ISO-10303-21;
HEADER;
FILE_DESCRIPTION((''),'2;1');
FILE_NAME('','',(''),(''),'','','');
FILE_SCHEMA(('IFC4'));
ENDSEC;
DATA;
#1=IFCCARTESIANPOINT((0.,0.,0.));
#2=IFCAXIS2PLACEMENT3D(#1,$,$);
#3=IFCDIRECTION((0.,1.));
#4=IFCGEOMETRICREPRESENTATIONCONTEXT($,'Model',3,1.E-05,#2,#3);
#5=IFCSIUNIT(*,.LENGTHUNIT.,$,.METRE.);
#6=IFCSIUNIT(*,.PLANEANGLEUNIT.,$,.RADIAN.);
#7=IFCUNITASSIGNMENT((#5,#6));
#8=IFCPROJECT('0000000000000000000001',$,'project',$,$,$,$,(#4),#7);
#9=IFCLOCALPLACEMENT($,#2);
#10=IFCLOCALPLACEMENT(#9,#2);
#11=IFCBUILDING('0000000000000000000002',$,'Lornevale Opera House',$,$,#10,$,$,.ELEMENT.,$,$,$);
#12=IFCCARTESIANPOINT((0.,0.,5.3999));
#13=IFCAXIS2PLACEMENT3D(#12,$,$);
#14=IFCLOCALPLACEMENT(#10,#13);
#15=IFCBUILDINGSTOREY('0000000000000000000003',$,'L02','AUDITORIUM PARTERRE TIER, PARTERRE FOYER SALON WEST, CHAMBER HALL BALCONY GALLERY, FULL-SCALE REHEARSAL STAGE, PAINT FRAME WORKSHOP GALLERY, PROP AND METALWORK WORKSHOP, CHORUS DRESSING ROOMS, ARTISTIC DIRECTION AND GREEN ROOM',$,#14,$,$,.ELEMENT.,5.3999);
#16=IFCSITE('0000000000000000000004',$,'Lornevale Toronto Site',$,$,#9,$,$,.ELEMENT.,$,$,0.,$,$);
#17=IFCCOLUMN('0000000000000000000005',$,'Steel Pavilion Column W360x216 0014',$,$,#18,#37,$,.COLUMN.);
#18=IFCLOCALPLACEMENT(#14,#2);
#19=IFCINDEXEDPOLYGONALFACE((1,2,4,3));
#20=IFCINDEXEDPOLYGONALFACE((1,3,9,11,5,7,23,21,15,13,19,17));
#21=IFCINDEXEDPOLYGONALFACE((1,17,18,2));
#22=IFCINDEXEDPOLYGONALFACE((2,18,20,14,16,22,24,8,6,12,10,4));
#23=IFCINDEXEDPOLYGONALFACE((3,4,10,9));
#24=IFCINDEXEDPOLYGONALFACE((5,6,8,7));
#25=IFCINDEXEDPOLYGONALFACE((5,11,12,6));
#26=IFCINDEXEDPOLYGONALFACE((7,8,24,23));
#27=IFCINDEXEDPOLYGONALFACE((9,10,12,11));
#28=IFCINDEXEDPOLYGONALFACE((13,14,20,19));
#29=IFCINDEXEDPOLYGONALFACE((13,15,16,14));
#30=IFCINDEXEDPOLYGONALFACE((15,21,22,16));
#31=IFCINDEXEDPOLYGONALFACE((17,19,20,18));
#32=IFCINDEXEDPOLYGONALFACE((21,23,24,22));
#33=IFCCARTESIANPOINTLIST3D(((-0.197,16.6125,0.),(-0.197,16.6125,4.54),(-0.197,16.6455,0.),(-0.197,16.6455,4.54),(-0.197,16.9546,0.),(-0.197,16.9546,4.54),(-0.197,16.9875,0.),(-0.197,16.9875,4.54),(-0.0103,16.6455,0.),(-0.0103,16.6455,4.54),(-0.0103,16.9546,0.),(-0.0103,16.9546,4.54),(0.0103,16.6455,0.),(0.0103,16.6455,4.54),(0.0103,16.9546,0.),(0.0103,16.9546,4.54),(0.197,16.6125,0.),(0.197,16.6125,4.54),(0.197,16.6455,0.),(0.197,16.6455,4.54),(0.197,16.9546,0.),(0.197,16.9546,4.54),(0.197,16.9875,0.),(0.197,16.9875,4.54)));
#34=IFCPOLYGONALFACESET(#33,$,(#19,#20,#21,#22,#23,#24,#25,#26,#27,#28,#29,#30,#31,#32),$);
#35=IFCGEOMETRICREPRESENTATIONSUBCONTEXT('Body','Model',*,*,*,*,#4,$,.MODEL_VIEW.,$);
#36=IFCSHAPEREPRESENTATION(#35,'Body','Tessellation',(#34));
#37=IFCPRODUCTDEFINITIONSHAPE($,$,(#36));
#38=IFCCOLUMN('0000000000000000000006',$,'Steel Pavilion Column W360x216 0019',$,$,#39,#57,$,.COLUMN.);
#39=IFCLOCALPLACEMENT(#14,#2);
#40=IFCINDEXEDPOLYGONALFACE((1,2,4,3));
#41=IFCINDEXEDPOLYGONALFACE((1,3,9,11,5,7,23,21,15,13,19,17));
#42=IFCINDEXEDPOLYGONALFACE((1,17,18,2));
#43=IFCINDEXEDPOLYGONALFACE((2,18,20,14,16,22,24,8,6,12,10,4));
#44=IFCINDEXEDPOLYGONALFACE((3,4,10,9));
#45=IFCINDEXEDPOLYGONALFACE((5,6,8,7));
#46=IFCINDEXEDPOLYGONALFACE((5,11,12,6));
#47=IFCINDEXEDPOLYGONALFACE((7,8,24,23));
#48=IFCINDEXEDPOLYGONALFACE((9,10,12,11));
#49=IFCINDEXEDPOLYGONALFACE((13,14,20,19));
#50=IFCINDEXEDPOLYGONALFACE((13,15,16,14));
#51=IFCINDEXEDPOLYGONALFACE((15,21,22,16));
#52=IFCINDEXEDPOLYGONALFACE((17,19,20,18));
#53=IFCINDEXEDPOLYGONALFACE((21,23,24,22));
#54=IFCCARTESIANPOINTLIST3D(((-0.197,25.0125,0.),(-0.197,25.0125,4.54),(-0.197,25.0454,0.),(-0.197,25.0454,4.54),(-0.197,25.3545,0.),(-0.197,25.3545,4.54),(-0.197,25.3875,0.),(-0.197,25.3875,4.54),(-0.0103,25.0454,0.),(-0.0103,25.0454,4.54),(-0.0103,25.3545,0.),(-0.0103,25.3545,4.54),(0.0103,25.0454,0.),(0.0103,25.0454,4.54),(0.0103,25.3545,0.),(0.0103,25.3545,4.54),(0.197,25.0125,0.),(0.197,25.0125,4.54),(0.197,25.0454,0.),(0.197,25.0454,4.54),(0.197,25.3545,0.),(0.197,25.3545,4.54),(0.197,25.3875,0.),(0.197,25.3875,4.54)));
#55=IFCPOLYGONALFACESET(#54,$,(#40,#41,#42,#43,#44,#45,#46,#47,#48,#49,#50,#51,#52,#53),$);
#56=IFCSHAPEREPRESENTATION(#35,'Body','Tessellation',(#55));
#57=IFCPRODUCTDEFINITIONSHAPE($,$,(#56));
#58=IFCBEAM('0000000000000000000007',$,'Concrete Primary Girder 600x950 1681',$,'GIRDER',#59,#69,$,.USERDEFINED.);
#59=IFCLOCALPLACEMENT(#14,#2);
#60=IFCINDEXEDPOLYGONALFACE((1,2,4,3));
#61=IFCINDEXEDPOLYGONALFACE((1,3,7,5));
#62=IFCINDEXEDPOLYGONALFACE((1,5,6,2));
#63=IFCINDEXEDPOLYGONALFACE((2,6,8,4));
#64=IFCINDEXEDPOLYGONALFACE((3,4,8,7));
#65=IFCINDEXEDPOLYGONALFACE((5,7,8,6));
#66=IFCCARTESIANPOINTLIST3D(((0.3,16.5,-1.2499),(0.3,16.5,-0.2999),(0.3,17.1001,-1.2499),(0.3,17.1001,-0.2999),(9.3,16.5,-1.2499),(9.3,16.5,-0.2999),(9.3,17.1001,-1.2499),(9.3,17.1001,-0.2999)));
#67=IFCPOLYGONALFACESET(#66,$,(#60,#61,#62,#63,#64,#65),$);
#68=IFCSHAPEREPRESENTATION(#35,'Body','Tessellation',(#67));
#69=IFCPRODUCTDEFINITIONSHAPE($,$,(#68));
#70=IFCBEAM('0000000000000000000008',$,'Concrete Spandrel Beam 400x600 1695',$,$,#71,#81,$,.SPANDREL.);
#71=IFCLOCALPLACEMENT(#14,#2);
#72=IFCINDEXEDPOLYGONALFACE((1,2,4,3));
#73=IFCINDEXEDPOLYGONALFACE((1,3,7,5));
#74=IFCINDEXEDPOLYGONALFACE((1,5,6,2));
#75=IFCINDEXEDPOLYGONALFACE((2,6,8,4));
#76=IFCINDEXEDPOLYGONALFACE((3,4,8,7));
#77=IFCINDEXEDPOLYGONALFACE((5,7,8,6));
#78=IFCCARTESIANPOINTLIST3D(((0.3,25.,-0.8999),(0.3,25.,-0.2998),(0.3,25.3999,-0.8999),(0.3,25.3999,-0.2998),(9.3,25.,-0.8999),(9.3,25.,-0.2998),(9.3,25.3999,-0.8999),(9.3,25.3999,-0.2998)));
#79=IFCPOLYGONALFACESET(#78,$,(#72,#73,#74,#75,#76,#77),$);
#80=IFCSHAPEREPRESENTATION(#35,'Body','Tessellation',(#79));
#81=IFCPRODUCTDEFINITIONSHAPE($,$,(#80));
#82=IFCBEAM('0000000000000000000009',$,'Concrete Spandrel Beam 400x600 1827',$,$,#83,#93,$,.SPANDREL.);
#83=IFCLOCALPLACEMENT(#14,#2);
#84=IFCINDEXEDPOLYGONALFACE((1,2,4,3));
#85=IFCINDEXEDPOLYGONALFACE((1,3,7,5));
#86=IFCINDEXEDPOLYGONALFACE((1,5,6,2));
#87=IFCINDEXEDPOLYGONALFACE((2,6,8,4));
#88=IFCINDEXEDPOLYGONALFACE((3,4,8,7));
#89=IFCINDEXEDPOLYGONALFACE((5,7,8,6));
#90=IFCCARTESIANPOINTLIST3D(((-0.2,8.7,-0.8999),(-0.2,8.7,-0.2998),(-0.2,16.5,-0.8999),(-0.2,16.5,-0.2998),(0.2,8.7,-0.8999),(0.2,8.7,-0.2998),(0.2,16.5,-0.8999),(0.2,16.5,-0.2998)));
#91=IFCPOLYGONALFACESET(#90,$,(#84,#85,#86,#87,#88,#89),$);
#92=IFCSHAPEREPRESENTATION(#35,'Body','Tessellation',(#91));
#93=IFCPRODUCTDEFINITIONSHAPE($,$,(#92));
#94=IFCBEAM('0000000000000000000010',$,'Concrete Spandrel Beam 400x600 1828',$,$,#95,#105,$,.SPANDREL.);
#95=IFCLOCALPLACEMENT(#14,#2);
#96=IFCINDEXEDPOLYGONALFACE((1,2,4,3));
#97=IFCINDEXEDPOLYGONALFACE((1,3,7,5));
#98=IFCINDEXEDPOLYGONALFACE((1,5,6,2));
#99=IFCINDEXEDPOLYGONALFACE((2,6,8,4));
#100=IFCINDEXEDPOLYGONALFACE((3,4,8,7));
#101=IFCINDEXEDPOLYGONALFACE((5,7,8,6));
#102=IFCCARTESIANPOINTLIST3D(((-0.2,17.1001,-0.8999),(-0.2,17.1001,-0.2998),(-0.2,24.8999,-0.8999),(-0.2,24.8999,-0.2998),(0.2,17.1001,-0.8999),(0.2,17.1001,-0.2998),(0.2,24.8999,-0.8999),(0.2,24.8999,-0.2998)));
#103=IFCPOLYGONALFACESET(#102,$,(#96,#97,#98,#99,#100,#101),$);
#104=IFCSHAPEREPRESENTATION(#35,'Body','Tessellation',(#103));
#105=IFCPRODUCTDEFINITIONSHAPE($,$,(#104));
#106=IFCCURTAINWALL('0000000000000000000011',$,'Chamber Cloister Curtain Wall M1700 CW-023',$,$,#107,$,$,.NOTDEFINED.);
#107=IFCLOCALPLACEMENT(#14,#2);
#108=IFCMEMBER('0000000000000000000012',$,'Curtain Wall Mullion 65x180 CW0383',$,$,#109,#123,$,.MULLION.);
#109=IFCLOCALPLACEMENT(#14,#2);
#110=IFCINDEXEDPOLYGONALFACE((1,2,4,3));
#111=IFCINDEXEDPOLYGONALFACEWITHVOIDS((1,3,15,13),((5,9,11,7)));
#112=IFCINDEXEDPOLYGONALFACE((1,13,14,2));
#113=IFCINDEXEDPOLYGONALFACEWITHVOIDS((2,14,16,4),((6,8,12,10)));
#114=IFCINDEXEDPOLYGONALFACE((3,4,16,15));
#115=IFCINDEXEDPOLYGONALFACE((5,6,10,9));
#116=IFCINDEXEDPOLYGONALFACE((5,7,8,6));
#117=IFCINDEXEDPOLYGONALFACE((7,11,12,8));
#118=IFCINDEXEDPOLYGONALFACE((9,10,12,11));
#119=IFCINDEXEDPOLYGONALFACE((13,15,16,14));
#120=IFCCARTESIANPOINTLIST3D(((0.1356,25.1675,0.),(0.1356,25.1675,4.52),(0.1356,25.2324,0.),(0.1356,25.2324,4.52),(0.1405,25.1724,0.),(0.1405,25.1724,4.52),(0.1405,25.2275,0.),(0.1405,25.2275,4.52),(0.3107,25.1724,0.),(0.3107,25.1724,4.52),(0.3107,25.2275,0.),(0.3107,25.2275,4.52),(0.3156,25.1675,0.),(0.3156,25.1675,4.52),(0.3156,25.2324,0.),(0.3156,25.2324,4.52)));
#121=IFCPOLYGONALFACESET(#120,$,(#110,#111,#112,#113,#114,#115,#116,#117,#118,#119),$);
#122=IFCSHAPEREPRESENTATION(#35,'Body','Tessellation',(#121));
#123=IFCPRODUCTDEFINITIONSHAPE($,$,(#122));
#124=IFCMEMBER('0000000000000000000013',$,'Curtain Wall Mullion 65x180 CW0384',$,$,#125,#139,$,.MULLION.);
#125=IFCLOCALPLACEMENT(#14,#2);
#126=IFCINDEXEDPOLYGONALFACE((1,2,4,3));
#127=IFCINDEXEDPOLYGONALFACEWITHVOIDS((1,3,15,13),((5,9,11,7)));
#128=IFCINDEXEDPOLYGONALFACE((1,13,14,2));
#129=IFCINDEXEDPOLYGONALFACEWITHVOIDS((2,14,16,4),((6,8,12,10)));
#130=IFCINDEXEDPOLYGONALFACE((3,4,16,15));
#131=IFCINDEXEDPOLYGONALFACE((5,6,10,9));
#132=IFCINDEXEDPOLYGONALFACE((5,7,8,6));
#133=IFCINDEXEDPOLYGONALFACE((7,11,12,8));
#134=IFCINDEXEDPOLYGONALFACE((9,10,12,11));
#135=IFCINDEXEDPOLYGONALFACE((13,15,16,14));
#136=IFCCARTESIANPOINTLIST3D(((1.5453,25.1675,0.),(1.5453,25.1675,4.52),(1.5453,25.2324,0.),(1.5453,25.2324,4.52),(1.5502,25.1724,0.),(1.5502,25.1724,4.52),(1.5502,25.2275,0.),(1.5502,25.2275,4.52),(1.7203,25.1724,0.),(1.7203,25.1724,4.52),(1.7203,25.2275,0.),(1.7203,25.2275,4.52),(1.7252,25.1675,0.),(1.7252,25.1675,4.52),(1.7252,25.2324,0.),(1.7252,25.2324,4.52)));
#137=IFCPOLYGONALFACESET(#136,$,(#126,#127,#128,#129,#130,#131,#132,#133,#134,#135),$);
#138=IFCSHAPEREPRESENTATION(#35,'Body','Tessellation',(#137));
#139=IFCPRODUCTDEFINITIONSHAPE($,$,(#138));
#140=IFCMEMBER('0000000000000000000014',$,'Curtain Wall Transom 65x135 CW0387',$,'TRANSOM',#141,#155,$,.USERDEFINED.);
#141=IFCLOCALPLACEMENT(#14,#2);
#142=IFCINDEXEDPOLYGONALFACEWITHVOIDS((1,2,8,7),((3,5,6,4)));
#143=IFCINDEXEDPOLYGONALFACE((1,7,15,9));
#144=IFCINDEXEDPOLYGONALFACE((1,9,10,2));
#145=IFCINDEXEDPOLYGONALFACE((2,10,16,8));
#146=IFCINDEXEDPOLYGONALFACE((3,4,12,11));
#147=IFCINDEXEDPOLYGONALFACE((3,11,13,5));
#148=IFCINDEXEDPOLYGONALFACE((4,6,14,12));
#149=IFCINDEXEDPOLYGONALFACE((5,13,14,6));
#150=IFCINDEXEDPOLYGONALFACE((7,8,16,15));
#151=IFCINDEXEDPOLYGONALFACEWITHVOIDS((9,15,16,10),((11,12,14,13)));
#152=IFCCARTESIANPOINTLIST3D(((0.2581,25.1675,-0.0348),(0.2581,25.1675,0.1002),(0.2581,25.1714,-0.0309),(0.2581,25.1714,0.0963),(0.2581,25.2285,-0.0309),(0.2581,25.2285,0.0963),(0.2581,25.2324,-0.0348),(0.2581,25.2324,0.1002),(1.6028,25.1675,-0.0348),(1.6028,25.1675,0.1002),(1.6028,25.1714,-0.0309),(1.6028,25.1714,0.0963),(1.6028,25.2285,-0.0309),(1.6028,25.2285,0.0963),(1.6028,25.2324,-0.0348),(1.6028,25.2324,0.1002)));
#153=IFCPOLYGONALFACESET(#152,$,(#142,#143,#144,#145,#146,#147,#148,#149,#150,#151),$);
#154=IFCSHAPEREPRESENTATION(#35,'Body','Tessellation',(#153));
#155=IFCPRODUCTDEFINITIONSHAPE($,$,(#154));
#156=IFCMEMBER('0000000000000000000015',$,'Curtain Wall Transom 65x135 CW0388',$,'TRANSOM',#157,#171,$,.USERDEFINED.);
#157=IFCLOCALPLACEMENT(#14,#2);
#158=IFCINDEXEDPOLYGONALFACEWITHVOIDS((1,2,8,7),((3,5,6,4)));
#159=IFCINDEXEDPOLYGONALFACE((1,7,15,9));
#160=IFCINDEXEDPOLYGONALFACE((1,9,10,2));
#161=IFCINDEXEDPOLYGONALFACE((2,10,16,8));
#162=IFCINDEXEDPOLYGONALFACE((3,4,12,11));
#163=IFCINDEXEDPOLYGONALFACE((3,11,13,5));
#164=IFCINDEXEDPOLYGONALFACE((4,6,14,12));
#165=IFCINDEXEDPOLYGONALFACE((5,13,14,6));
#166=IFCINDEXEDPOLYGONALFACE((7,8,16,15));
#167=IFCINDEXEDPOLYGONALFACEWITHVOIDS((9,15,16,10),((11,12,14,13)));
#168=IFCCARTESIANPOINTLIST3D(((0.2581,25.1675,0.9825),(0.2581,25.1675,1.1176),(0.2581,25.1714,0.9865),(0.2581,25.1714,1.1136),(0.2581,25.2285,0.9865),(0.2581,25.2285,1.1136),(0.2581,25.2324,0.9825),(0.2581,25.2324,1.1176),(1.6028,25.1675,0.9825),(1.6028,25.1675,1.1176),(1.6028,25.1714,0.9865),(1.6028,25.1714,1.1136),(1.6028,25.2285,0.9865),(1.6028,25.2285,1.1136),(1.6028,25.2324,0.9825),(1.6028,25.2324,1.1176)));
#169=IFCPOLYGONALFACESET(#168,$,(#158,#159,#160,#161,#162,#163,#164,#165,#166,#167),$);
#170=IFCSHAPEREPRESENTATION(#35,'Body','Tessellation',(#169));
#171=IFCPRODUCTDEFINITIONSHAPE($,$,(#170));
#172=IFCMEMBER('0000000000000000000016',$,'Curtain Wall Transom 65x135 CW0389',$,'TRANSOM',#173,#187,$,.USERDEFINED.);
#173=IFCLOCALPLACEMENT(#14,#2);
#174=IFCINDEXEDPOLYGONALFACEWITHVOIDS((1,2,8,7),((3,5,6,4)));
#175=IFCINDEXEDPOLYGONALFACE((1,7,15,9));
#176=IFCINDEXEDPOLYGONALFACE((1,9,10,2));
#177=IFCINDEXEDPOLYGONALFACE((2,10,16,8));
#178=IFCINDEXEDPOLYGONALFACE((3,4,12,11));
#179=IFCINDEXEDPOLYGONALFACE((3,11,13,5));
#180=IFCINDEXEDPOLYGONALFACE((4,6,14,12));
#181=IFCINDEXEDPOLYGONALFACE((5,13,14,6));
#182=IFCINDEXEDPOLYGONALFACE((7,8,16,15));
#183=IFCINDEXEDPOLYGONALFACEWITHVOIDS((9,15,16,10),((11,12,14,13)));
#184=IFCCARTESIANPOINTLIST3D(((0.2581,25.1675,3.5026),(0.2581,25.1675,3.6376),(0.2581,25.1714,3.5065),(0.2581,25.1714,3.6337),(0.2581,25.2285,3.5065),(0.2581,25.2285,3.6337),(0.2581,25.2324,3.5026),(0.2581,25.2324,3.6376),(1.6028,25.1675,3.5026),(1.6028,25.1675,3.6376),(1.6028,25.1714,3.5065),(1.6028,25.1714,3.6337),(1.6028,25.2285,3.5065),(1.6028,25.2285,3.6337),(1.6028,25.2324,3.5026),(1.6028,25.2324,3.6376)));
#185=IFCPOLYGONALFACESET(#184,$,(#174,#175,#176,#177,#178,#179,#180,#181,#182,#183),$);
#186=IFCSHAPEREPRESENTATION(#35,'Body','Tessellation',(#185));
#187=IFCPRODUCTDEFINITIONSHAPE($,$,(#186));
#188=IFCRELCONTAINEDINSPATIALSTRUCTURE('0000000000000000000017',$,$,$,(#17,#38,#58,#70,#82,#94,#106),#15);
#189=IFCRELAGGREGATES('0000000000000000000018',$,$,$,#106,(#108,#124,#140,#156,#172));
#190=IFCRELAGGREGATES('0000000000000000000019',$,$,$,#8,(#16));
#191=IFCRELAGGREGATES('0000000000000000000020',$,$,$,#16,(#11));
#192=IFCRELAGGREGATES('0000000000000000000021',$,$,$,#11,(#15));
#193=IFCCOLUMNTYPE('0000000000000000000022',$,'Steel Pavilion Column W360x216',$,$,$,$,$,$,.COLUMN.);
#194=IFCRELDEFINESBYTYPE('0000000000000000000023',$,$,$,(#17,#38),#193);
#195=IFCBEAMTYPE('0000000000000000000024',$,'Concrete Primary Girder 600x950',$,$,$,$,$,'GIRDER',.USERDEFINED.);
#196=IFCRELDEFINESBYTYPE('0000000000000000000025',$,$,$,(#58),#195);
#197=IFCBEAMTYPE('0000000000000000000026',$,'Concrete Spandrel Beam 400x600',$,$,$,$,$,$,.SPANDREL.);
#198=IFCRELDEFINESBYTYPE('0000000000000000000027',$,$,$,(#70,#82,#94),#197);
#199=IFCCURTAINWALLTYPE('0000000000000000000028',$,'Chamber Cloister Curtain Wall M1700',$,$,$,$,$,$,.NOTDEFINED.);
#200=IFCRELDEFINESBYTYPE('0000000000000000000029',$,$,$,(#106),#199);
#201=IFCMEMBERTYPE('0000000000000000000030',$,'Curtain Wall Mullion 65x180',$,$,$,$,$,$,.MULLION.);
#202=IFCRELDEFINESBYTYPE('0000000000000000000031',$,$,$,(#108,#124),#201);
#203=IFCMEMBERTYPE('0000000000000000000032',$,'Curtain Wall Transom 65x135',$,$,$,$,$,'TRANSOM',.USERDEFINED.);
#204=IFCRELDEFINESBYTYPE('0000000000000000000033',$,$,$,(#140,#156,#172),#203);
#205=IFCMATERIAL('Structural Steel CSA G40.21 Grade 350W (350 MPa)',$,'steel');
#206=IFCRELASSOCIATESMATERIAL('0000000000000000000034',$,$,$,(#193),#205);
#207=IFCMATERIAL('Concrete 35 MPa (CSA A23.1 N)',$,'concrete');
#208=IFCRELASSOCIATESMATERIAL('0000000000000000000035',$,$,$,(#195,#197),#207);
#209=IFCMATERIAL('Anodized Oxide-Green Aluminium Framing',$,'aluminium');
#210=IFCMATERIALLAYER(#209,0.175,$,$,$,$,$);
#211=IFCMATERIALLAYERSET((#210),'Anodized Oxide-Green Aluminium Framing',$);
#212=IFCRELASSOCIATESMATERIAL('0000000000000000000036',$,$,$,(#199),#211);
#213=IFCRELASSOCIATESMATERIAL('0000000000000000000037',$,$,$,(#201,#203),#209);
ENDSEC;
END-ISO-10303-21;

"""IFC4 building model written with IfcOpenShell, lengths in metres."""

from ifc_helpers import new_model, si_unit, direction, frame, origin, origin_2d, place, context, subcontext, project, spatial, rectangle, hollow_rectangle, i_section, extrude, material, layer, layer_set, material_profile, profile_set, type_object, element, aggregate, save


model = new_model("IFC4")

# Units and contexts
model_context = context("Model", 3, precision=1e-05, world=origin(), true_north=direction((0.0, 1.0)))
body_context = subcontext(model_context, "Body", "Model", "MODEL_VIEW")
ifc_project = project(units=[si_unit("LENGTHUNIT", "METRE"), si_unit("PLANEANGLEUNIT", "RADIAN")], contexts=[model_context])

# Site, building, storey
site_placement = place(None, origin())
site = spatial("IfcSite", under=ifc_project, at=site_placement, Name="Lornevale Toronto Site", CompositionType="ELEMENT", RefElevation=0.0)
building_placement = place(site_placement, origin())
building = spatial("IfcBuilding", under=site, at=building_placement, Name="Lornevale Opera House", CompositionType="ELEMENT")
storey_placement = place(building_placement, frame((0.0, 0.0, 5.3999)))
storey = spatial("IfcBuildingStorey", under=building, at=storey_placement, Name="L02", Description="AUDITORIUM PARTERRE TIER, PARTERRE FOYER SALON WEST, CHAMBER HALL BALCONY GALLERY, FULL-SCALE REHEARSAL STAGE, PAINT FRAME WORKSHOP GALLERY, PROP AND METALWORK WORKSHOP, CHORUS DRESSING ROOMS, ARTISTIC DIRECTION AND GREEN ROOM", CompositionType="ELEMENT", Elevation=5.3999)

# Columns
ifc_material_1 = material(Name="Structural Steel CSA G40.21 Grade 350W (350 MPa)", Category="steel")
ifc_material_profile_1 = material_profile(ifc_material_1, i_section(OverallWidth=0.394, OverallDepth=0.375, WebThickness=0.0205, FlangeThickness=0.033, at=origin_2d()), Name="W360x216")
ifc_profile_set_1 = profile_set([ifc_material_profile_1], Name="Structural Steel CSA G40.21 Grade 350W (350 MPa)")
column_type = type_object("IfcColumnType", Name="Steel Pavilion Column W360x216", PredefinedType="COLUMN", material=ifc_profile_set_1)
for number, where, z_axis, x_axis, name in (
    (1, (0.0, 16.8, 0.0), (0.0, 0.0, 1.0), (1.0, 0.0, 0.0), "Steel Pavilion Column W360x216 0014"),
    (2, (0.0, 25.2, 0.0), (0.0, 0.0, 1.0), (1.0, 0.0, 0.0), "Steel Pavilion Column W360x216 0019"),
):
    element("IfcColumn", number, at=place(storey_placement, frame(where, z_axis=z_axis, x_axis=x_axis)), inside=storey, type_object=column_type, Name=name, PredefinedType="COLUMN", context=body_context, shape_type="SweptSolid", body=[
        extrude(i_section(OverallWidth=0.394, OverallDepth=0.375, WebThickness=0.0205, FlangeThickness=0.033, at=origin_2d()), origin(), (0.0, 0.0, 1.0), 4.54),
    ])

# Beams
ifc_material_2 = material(Name="Concrete 35 MPa (CSA A23.1 N)", Category="concrete")
ifc_material_profile_2 = material_profile(ifc_material_2, rectangle(XDim=0.6001, YDim=0.95, at=origin_2d()), Name="RC600x950")
ifc_profile_set_2 = profile_set([ifc_material_profile_2], Name="Concrete 35 MPa (CSA A23.1 N)")
beam_type_1 = type_object("IfcBeamType", Name="Concrete Primary Girder 600x950", ElementType="GIRDER", PredefinedType="USERDEFINED", material=ifc_profile_set_2)
beam_1_placement = place(storey_placement, frame((0.3, 16.8, -0.7749), z_axis=(1.0, 0.0, 0.0), x_axis=(0.0, 1.0, 0.0)))
element("IfcBeam", 3, at=beam_1_placement, inside=storey, type_object=beam_type_1, Name="Concrete Primary Girder 600x950 1681", ObjectType="GIRDER", PredefinedType="USERDEFINED", context=body_context, shape_type="SweptSolid", body=[
    extrude(rectangle(XDim=0.6001, YDim=0.95, at=origin_2d()), origin(), (0.0, 0.0, 1.0), 9.0),
])
ifc_material_profile_3 = material_profile(ifc_material_2, rectangle(XDim=0.3999, YDim=0.6001, at=origin_2d()), Name="RC400x600")
ifc_profile_set_3 = profile_set([ifc_material_profile_3], Name="Concrete 35 MPa (CSA A23.1 N)")
beam_type_2 = type_object("IfcBeamType", Name="Concrete Spandrel Beam 400x600", PredefinedType="SPANDREL", material=ifc_profile_set_3)
beam_2_placement = place(storey_placement, frame((0.3, 25.2, -0.5999), z_axis=(1.0, 0.0, 0.0), x_axis=(0.0, 1.0, 0.0)))
element("IfcBeam", 4, at=beam_2_placement, inside=storey, type_object=beam_type_2, Name="Concrete Spandrel Beam 400x600 1695", PredefinedType="SPANDREL", context=body_context, shape_type="SweptSolid", body=[
    extrude(rectangle(XDim=0.3999, YDim=0.6001, at=origin_2d()), origin(), (0.0, 0.0, 1.0), 9.0),
])
beam_3_placement = place(storey_placement, frame((0.0, 8.7, -0.5999), z_axis=(0.0, 1.0, 0.0), x_axis=(-1.0, 0.0, 0.0)))
element("IfcBeam", 5, at=beam_3_placement, inside=storey, type_object=beam_type_2, Name="Concrete Spandrel Beam 400x600 1827", PredefinedType="SPANDREL", context=body_context, shape_type="SweptSolid", body=[
    extrude(rectangle(XDim=0.3999, YDim=0.6001, at=origin_2d()), origin(), (0.0, 0.0, 1.0), 7.8),
])
beam_4_placement = place(storey_placement, frame((0.0, 17.1001, -0.5999), z_axis=(0.0, 1.0, 0.0), x_axis=(-1.0, 0.0, 0.0)))
element("IfcBeam", 6, at=beam_4_placement, inside=storey, type_object=beam_type_2, Name="Concrete Spandrel Beam 400x600 1828", PredefinedType="SPANDREL", context=body_context, shape_type="SweptSolid", body=[
    extrude(rectangle(XDim=0.3999, YDim=0.6001, at=origin_2d()), origin(), (0.0, 0.0, 1.0), 7.7998),
])

# Curtain wall, members
ifc_material_3 = material(Name="Anodized Oxide-Green Aluminium Framing", Category="aluminium")
ifc_layer_1 = layer(ifc_material_3, 0.175)
ifc_layer_set_1 = layer_set([ifc_layer_1], Name="Anodized Oxide-Green Aluminium Framing")
curtain_wall_type = type_object("IfcCurtainWallType", Name="Chamber Cloister Curtain Wall M1700", PredefinedType="NOTDEFINED", material=ifc_layer_set_1)
curtain_wall_placement = place(storey_placement, origin())
curtain_wall = element("IfcCurtainWall", 7, at=curtain_wall_placement, inside=storey, type_object=curtain_wall_type, Name="Chamber Cloister Curtain Wall M1700 CW-023", PredefinedType="NOTDEFINED")
ifc_material_profile_4 = material_profile(ifc_material_3, hollow_rectangle(XDim=0.0649, YDim=0.1799, WallThickness=0.0049, at=origin_2d()), Name="ALU65x180x5")
ifc_profile_set_4 = profile_set([ifc_material_profile_4], Name="Anodized Oxide-Green Aluminium Framing")
member_type_1 = type_object("IfcMemberType", Name="Curtain Wall Mullion 65x180", PredefinedType="MULLION", material=ifc_profile_set_4)
member_1_placement = place(storey_placement, frame((0.2256, 25.2, 0.0), z_axis=(0.0, 0.0, 1.0), x_axis=(0.0, 1.0, 0.0)))
member_1 = element("IfcMember", 8, at=member_1_placement, type_object=member_type_1, Name="Curtain Wall Mullion 65x180 CW0383", PredefinedType="MULLION", context=body_context, shape_type="SweptSolid", body=[
    extrude(hollow_rectangle(XDim=0.0649, YDim=0.1799, WallThickness=0.0049, at=origin_2d()), origin(), (0.0, 0.0, 1.0), 4.52),
])
member_2_placement = place(storey_placement, frame((1.6353, 25.2, 0.0), z_axis=(0.0, 0.0, 1.0), x_axis=(0.0, 1.0, 0.0)))
member_2 = element("IfcMember", 9, at=member_2_placement, type_object=member_type_1, Name="Curtain Wall Mullion 65x180 CW0384", PredefinedType="MULLION", context=body_context, shape_type="SweptSolid", body=[
    extrude(hollow_rectangle(XDim=0.0649, YDim=0.1799, WallThickness=0.0049, at=origin_2d()), origin(), (0.0, 0.0, 1.0), 4.52),
])
ifc_material_profile_5 = material_profile(ifc_material_3, hollow_rectangle(XDim=0.0649, YDim=0.135, WallThickness=0.0039, at=origin_2d()), Name="ALU65x135x4")
ifc_profile_set_5 = profile_set([ifc_material_profile_5], Name="Anodized Oxide-Green Aluminium Framing")
member_type_2 = type_object("IfcMemberType", Name="Curtain Wall Transom 65x135", ElementType="TRANSOM", PredefinedType="USERDEFINED", material=ifc_profile_set_5)
member_3_placement = place(storey_placement, frame((0.2581, 25.2, 0.0327), z_axis=(1.0, 0.0, 0.0), x_axis=(0.0, 1.0, 0.0)))
member_3 = element("IfcMember", 10, at=member_3_placement, type_object=member_type_2, Name="Curtain Wall Transom 65x135 CW0387", ObjectType="TRANSOM", PredefinedType="USERDEFINED", context=body_context, shape_type="SweptSolid", body=[
    extrude(hollow_rectangle(XDim=0.0649, YDim=0.135, WallThickness=0.0039, at=origin_2d()), origin(), (0.0, 0.0, 1.0), 1.3447),
])
member_4_placement = place(storey_placement, frame((0.2581, 25.2, 1.05), z_axis=(1.0, 0.0, 0.0), x_axis=(0.0, 1.0, 0.0)))
member_4 = element("IfcMember", 11, at=member_4_placement, type_object=member_type_2, Name="Curtain Wall Transom 65x135 CW0388", ObjectType="TRANSOM", PredefinedType="USERDEFINED", context=body_context, shape_type="SweptSolid", body=[
    extrude(hollow_rectangle(XDim=0.0649, YDim=0.135, WallThickness=0.0039, at=origin_2d()), origin(), (0.0, 0.0, 1.0), 1.3447),
])
member_5_placement = place(storey_placement, frame((0.2581, 25.2, 3.5701), z_axis=(1.0, 0.0, 0.0), x_axis=(0.0, 1.0, 0.0)))
member_5 = element("IfcMember", 12, at=member_5_placement, type_object=member_type_2, Name="Curtain Wall Transom 65x135 CW0389", ObjectType="TRANSOM", PredefinedType="USERDEFINED", context=body_context, shape_type="SweptSolid", body=[
    extrude(hollow_rectangle(XDim=0.0649, YDim=0.135, WallThickness=0.0039, at=origin_2d()), origin(), (0.0, 0.0, 1.0), 1.3447),
])

aggregate(curtain_wall, [member_1, member_2, member_3, member_4, member_5])

save(model, "model.ifc")
